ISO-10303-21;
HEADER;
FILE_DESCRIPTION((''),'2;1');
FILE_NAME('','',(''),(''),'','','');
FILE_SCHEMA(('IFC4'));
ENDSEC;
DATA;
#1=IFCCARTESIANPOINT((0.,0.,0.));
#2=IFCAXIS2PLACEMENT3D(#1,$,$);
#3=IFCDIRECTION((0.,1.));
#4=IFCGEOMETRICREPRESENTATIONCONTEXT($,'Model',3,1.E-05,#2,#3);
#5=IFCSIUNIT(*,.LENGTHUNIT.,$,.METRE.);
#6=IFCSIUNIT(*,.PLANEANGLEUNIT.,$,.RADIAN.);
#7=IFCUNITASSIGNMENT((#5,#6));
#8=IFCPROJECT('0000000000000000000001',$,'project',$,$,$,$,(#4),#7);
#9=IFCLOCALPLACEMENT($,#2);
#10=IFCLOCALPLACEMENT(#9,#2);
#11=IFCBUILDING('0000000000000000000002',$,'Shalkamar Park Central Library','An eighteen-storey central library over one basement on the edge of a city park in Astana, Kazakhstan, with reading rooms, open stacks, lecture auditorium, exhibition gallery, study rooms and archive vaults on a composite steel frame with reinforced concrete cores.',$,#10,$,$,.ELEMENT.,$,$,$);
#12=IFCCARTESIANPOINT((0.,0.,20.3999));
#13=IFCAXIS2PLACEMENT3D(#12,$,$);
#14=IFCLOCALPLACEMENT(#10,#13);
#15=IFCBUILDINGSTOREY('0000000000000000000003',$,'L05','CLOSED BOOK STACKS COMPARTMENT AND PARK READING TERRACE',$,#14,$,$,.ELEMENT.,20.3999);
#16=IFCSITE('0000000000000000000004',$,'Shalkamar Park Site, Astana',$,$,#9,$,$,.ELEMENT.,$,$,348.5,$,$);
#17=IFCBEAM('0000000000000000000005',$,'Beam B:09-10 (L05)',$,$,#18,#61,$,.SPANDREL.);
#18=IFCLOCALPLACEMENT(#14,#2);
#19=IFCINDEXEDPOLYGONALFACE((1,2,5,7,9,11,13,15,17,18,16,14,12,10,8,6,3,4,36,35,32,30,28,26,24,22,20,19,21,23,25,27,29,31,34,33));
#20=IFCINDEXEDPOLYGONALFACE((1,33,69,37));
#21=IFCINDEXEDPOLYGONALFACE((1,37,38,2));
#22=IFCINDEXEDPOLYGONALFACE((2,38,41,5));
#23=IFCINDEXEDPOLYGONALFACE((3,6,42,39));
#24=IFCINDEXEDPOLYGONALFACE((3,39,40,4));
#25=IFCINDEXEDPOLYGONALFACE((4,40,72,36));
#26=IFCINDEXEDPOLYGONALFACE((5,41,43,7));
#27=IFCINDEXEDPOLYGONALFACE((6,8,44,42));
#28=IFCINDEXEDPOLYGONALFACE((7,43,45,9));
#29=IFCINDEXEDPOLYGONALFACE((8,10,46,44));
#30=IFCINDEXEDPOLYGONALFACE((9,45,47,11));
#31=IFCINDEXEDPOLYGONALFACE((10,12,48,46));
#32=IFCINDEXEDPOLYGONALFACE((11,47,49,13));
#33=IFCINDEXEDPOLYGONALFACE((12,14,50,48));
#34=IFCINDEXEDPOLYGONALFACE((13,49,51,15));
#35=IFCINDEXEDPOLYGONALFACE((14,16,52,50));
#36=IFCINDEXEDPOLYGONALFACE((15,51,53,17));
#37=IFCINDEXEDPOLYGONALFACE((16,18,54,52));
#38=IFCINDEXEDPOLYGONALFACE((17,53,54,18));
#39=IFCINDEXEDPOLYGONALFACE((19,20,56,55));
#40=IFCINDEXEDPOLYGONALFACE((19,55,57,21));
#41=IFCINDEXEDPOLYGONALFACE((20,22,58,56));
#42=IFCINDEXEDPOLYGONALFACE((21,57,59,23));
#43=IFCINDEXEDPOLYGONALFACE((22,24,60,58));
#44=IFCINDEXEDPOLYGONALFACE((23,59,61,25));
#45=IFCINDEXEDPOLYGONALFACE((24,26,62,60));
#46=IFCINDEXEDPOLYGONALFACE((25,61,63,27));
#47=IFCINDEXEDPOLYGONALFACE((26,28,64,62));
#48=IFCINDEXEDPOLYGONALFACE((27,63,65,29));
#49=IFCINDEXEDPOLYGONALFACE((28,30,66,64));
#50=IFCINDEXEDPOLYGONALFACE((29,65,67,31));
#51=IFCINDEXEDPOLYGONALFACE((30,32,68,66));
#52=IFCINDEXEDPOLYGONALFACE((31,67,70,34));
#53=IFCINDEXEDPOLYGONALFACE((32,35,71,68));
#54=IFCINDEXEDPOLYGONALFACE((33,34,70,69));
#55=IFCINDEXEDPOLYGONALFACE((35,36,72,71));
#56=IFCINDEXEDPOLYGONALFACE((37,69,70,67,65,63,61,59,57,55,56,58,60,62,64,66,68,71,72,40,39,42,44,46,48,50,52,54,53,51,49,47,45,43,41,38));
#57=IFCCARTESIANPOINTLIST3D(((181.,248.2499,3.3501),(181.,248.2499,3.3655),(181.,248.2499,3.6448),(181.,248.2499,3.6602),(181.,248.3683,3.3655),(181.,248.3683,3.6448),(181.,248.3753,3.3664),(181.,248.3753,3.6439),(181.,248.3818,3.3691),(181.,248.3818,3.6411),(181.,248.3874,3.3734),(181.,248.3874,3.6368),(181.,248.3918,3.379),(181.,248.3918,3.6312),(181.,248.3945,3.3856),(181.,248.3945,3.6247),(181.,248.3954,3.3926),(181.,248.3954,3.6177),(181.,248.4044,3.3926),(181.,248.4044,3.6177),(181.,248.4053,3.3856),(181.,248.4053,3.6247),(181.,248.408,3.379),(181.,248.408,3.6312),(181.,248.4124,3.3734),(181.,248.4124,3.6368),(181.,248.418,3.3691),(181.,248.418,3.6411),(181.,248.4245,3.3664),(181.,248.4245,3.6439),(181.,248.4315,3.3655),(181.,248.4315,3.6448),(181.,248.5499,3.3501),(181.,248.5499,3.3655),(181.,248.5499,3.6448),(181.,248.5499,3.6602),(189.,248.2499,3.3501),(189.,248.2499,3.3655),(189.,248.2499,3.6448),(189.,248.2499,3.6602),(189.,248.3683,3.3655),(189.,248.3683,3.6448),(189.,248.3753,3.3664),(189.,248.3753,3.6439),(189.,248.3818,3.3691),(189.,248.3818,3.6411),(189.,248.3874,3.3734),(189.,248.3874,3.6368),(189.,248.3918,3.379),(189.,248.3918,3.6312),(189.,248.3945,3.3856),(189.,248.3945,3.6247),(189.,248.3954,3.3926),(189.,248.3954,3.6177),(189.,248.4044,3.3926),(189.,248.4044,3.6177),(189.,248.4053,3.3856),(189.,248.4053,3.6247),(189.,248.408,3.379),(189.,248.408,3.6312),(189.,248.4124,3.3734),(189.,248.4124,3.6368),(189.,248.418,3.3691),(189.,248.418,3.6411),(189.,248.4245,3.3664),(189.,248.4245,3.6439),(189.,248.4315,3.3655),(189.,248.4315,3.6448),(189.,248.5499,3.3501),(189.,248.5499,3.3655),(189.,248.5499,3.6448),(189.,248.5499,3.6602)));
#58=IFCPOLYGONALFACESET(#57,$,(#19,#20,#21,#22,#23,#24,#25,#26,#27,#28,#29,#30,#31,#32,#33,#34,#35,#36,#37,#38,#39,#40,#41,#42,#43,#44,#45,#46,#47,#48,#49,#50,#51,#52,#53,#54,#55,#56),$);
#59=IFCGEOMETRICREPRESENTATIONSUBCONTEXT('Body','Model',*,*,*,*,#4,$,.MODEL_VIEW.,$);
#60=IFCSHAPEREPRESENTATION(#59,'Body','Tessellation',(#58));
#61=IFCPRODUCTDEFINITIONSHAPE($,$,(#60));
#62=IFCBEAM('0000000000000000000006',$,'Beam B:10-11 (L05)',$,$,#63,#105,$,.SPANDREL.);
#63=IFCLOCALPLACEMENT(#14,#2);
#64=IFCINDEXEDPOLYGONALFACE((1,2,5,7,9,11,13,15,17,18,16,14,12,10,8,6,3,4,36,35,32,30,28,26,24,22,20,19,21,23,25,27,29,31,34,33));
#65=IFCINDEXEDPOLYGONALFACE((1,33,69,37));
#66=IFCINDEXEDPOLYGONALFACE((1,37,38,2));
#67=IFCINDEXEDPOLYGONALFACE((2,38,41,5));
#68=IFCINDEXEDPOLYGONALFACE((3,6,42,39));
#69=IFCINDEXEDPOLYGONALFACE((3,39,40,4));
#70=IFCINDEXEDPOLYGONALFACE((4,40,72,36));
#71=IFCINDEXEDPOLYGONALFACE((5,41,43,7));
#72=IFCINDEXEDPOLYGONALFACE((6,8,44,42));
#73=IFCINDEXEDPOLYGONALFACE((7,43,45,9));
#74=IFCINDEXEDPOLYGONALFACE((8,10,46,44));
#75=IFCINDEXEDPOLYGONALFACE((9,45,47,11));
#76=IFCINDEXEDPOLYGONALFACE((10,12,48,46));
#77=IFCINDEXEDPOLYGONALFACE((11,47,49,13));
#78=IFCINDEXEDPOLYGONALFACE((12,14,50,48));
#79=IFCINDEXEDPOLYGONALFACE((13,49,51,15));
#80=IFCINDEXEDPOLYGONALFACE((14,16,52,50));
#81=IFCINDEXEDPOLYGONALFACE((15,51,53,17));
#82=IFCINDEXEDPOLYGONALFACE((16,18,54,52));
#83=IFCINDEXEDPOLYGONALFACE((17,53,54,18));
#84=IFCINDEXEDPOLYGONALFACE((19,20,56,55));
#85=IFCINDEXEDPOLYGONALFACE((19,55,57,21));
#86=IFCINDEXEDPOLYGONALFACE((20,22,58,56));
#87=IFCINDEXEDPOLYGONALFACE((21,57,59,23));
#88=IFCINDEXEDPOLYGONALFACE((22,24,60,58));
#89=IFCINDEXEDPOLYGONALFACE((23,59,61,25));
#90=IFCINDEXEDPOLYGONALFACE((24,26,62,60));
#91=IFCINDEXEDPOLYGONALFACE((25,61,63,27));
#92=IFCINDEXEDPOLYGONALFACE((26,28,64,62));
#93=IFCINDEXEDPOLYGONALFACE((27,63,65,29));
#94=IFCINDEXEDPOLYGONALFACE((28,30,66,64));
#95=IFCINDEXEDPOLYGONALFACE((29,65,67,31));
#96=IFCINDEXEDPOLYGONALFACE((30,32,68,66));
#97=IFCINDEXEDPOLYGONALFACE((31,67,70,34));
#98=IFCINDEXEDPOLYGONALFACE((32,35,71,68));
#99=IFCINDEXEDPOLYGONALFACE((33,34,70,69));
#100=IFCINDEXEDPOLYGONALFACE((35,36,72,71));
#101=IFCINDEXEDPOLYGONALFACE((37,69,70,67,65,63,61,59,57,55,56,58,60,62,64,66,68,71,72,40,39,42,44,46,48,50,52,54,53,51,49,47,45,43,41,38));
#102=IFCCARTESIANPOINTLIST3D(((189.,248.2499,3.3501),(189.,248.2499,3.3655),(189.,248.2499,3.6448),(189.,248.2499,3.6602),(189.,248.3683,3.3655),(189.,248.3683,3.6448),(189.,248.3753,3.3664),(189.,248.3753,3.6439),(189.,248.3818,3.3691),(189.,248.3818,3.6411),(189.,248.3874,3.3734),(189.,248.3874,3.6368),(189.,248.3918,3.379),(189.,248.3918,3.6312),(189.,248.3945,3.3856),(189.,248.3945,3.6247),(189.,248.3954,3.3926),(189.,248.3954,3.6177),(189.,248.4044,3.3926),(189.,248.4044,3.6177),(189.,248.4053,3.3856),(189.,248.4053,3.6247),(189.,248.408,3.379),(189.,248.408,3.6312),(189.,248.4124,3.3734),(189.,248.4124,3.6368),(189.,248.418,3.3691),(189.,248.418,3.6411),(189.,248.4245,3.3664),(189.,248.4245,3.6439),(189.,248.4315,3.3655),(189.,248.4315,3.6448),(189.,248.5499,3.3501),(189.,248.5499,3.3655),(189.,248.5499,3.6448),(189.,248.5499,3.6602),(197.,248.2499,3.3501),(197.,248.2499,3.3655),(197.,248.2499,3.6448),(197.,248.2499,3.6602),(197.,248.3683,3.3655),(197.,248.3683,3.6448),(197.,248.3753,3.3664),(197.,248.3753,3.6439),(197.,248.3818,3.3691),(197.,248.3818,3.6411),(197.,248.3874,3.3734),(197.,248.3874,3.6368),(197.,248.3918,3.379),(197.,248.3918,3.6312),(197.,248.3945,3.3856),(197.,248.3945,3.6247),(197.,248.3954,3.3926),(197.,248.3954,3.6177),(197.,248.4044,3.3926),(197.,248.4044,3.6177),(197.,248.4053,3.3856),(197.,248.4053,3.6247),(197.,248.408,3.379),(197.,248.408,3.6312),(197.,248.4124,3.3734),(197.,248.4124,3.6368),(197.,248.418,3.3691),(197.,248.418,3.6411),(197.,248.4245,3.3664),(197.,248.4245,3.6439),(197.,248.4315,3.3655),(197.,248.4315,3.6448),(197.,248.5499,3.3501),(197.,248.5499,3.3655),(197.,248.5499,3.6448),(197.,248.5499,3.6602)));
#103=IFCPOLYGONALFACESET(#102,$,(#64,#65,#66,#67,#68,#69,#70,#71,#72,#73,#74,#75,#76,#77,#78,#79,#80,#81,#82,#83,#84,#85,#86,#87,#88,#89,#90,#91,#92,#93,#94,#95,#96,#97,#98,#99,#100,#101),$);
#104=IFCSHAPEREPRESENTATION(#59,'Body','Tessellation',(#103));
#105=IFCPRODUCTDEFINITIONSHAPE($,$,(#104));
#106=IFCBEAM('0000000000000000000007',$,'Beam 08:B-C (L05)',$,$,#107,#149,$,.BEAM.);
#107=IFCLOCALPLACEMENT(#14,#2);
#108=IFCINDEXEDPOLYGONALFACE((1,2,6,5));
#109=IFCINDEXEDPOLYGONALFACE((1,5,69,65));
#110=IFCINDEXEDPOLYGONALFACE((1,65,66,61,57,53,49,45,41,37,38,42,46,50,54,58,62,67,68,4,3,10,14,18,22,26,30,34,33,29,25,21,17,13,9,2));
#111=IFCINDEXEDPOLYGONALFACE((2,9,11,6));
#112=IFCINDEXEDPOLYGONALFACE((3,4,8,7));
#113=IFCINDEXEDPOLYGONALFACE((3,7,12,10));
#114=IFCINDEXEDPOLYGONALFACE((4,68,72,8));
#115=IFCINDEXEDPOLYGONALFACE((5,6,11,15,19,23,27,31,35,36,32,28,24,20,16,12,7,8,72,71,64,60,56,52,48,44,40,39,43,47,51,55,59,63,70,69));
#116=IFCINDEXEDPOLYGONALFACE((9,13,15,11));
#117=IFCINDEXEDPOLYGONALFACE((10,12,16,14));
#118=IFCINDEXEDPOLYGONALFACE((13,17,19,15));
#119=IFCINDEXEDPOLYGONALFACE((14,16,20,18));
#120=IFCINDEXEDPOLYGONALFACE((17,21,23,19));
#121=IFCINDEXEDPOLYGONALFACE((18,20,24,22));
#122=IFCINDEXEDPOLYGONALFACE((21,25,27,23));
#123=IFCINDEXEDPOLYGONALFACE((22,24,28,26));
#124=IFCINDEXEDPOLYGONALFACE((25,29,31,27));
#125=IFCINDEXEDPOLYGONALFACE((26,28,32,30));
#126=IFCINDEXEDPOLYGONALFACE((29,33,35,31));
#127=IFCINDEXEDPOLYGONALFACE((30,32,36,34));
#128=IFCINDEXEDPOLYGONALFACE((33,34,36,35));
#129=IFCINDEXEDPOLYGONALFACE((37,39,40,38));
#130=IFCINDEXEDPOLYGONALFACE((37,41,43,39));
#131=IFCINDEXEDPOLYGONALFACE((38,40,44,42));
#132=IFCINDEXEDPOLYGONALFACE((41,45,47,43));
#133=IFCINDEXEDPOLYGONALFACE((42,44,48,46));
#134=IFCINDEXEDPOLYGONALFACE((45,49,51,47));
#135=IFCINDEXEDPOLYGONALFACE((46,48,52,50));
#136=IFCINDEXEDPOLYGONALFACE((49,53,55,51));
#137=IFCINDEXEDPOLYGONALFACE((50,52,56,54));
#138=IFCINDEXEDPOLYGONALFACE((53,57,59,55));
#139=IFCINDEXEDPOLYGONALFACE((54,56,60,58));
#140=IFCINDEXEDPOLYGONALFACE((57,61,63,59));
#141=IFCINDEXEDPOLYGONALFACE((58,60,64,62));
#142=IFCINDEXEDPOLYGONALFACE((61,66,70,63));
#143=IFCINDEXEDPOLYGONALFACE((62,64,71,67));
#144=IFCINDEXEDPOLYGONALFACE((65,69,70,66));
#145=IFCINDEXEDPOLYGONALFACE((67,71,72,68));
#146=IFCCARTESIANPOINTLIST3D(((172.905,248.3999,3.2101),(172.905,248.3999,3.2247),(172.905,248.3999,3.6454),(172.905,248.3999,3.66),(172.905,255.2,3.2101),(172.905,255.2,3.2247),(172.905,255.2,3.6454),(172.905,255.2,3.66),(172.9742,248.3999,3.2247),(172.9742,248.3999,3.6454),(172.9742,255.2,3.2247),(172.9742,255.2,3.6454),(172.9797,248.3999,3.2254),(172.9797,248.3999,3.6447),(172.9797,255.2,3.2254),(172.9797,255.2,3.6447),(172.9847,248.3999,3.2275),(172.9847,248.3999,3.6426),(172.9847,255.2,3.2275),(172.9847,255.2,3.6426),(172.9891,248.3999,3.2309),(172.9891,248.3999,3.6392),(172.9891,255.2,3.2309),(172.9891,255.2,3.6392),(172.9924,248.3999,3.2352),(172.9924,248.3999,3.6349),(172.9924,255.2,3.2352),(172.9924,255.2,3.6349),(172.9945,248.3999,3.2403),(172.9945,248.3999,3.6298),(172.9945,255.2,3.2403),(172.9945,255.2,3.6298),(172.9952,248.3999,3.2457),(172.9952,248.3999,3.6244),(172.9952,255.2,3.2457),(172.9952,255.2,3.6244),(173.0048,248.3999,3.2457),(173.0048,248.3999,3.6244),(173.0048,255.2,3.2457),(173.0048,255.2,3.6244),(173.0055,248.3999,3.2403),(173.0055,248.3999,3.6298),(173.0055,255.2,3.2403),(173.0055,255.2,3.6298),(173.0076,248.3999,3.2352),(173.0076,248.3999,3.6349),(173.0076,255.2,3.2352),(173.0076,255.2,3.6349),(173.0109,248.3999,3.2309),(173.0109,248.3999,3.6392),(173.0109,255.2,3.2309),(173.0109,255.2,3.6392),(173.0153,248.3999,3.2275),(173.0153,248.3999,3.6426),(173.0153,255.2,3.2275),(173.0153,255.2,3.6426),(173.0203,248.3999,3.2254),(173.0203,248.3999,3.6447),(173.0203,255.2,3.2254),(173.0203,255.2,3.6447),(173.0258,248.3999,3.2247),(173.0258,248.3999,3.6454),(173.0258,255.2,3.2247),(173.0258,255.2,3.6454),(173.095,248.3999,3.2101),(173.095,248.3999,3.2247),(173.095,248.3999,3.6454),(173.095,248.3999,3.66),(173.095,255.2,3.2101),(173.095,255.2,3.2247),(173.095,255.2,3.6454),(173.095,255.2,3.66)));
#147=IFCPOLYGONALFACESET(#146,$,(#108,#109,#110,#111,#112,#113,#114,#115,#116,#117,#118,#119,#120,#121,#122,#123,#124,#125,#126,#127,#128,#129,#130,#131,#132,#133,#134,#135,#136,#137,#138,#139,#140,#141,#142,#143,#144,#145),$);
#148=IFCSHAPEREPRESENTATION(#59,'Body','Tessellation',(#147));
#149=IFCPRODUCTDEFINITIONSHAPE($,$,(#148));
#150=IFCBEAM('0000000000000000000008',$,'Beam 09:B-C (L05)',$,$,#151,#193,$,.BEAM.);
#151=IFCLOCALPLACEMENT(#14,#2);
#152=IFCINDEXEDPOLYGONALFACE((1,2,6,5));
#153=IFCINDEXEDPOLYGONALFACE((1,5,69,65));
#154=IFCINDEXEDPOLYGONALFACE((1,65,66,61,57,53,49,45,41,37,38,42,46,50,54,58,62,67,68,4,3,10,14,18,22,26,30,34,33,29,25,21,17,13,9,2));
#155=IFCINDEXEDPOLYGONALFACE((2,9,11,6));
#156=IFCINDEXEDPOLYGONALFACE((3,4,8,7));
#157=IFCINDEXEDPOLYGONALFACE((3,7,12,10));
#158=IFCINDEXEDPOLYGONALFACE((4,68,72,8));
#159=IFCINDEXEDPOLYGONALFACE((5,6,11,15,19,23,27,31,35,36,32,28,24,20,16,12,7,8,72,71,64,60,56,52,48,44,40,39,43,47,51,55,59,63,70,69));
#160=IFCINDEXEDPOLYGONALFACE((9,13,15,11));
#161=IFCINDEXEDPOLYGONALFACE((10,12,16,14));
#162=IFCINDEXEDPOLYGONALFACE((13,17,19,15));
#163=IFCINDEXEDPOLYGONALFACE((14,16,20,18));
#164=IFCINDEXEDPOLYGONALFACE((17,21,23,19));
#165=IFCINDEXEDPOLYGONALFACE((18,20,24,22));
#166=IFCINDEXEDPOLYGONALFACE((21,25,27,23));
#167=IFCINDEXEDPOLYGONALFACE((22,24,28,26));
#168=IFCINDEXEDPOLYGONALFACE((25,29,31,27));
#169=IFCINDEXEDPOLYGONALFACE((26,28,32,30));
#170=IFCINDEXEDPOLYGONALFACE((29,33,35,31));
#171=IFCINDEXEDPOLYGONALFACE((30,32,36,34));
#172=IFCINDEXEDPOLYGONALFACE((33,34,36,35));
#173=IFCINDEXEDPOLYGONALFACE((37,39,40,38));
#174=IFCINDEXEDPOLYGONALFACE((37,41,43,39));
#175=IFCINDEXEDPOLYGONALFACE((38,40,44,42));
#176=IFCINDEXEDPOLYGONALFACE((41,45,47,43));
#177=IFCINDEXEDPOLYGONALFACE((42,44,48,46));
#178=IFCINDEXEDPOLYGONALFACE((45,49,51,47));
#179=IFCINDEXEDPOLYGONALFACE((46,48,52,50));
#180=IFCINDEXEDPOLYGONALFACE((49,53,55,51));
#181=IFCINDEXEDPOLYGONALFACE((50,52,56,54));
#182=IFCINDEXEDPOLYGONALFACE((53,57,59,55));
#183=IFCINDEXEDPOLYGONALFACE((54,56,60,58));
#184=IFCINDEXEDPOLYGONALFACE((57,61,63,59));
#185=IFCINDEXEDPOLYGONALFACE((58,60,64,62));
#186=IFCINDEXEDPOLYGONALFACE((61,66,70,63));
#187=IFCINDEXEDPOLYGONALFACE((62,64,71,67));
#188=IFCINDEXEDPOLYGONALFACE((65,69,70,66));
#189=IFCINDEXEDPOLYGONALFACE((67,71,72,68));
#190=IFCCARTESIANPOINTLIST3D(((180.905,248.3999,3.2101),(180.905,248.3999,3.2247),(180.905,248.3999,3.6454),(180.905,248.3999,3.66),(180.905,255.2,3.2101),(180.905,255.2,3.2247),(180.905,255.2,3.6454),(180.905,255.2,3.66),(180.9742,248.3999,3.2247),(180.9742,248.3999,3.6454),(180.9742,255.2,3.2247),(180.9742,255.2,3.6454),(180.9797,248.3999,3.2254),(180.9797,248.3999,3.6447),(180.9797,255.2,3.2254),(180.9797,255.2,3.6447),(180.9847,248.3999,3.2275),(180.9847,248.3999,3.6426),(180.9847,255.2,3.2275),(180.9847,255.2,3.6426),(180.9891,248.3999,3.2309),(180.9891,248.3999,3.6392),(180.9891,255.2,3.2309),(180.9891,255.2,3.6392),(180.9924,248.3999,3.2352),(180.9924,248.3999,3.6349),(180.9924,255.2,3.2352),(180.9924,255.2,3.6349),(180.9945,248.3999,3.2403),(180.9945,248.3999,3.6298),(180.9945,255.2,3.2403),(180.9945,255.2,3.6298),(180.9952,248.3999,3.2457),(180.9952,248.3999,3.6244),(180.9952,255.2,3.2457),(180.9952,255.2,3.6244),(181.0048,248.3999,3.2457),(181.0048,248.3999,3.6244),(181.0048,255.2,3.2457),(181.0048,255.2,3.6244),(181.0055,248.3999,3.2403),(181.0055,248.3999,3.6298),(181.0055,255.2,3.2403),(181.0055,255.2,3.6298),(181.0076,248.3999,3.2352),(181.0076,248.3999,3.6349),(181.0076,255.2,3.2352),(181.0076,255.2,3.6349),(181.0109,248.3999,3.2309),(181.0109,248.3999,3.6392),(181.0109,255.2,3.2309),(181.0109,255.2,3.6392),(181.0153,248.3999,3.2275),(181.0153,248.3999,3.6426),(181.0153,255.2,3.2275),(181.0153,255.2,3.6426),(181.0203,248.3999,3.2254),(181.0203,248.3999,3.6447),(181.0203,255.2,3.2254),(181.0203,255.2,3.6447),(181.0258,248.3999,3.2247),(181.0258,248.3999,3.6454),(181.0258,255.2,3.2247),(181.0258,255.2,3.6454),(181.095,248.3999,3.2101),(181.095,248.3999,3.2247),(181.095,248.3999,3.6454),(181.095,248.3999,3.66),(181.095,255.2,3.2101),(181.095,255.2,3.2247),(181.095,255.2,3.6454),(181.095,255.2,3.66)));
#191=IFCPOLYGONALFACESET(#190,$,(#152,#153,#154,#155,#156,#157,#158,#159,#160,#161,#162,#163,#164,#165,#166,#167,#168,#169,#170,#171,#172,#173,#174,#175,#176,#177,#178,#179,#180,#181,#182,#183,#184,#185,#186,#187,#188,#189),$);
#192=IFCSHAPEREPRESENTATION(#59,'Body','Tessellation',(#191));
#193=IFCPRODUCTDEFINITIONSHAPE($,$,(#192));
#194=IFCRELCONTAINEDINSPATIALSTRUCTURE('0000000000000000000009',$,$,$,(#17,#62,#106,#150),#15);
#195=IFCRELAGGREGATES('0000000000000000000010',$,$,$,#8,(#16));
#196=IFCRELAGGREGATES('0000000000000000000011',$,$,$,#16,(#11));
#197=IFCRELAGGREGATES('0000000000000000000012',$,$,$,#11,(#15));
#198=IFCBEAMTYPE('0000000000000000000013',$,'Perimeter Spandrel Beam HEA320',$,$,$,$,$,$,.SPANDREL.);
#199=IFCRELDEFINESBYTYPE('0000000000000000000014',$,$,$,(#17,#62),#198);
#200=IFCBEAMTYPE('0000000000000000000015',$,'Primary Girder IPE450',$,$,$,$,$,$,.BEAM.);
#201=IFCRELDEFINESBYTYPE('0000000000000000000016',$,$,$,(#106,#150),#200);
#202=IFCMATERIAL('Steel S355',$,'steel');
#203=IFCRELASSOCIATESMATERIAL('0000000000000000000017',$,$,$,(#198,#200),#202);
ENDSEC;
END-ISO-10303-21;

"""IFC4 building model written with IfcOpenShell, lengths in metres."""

from ifc_helpers import new_model, si_unit, direction, frame, origin, origin_2d, place, context, subcontext, project, spatial, i_section, extrude, material, material_profile, profile_set, type_object, element, save


model = new_model("IFC4")

# Units and contexts
model_context = context("Model", 3, precision=1e-05, world=origin(), true_north=direction((0.0, 1.0)))
body_context = subcontext(model_context, "Body", "Model", "MODEL_VIEW")
ifc_project = project(units=[si_unit("LENGTHUNIT", "METRE"), si_unit("PLANEANGLEUNIT", "RADIAN")], contexts=[model_context])

# Site, building, storey
site_placement = place(None, origin())
site = spatial("IfcSite", under=ifc_project, at=site_placement, Name="Shalkamar Park Site, Astana", CompositionType="ELEMENT", RefElevation=348.5)
building_placement = place(site_placement, origin())
building = spatial("IfcBuilding", under=site, at=building_placement, Name="Shalkamar Park Central Library", Description="An eighteen-storey central library over one basement on the edge of a city park in Astana, Kazakhstan, with reading rooms, open stacks, lecture auditorium, exhibition gallery, study rooms and archive vaults on a composite steel frame with reinforced concrete cores.", CompositionType="ELEMENT")
storey_placement = place(building_placement, frame((0.0, 0.0, 20.3999)))
storey = spatial("IfcBuildingStorey", under=building, at=storey_placement, Name="L05", Description="CLOSED BOOK STACKS COMPARTMENT AND PARK READING TERRACE", CompositionType="ELEMENT", Elevation=20.3999)

# Shared definitions
ifc_material_1 = material(Name="Steel S355", Category="steel")

# Beams
ifc_material_profile_1 = material_profile(ifc_material_1, i_section(OverallWidth=0.3, OverallDepth=0.3101, WebThickness=0.009, FlangeThickness=0.0154, FilletRadius=0.0271, at=origin_2d()), Name="HEA 320")
ifc_profile_set_1 = profile_set([ifc_material_profile_1], Name="Steel S355")
beam_type_1 = type_object("IfcBeamType", Name="Perimeter Spandrel Beam HEA320", PredefinedType="SPANDREL", material=ifc_profile_set_1)
for number, where, z_axis, x_axis, name in (
    (1, (181.0, 248.3999, 3.5051), (1.0, 0.0, 0.0), (0.0, 1.0, 0.0), "Beam B:09-10 (L05)"),
    (2, (189.0, 248.3999, 3.5051), (1.0, 0.0, 0.0), (0.0, 1.0, 0.0), "Beam B:10-11 (L05)"),
):
    element("IfcBeam", number, at=place(storey_placement, frame(where, z_axis=z_axis, x_axis=x_axis)), inside=storey, type_object=beam_type_1, Name=name, PredefinedType="SPANDREL", context=body_context, shape_type="SweptSolid", body=[
        extrude(i_section(OverallWidth=0.3, OverallDepth=0.3101, WebThickness=0.009, FlangeThickness=0.0154, FilletRadius=0.0271, at=origin_2d()), origin(), (0.0, 0.0, 1.0), 8.0),
    ])
ifc_material_profile_2 = material_profile(ifc_material_1, i_section(OverallWidth=0.1899, OverallDepth=0.45, WebThickness=0.0095, FlangeThickness=0.0146, FilletRadius=0.021, at=origin_2d()), Name="IPE 450")
ifc_profile_set_2 = profile_set([ifc_material_profile_2], Name="Steel S355")
beam_type_2 = type_object("IfcBeamType", Name="Primary Girder IPE450", PredefinedType="BEAM", material=ifc_profile_set_2)
for number, where, z_axis, x_axis, name in (
    (3, (173.0, 248.3999, 3.4351), (0.0, 1.0, 0.0), (-1.0, 0.0, 0.0), "Beam 08:B-C (L05)"),
    (4, (181.0, 248.3999, 3.4351), (0.0, 1.0, 0.0), (-1.0, 0.0, 0.0), "Beam 09:B-C (L05)"),
):
    element("IfcBeam", number, at=place(storey_placement, frame(where, z_axis=z_axis, x_axis=x_axis)), inside=storey, type_object=beam_type_2, Name=name, PredefinedType="BEAM", context=body_context, shape_type="SweptSolid", body=[
        extrude(i_section(OverallWidth=0.1899, OverallDepth=0.45, WebThickness=0.0095, FlangeThickness=0.0146, FilletRadius=0.021, at=origin_2d()), origin(), (0.0, 0.0, 1.0), 6.8),
    ])

save(model, "model.ifc")
